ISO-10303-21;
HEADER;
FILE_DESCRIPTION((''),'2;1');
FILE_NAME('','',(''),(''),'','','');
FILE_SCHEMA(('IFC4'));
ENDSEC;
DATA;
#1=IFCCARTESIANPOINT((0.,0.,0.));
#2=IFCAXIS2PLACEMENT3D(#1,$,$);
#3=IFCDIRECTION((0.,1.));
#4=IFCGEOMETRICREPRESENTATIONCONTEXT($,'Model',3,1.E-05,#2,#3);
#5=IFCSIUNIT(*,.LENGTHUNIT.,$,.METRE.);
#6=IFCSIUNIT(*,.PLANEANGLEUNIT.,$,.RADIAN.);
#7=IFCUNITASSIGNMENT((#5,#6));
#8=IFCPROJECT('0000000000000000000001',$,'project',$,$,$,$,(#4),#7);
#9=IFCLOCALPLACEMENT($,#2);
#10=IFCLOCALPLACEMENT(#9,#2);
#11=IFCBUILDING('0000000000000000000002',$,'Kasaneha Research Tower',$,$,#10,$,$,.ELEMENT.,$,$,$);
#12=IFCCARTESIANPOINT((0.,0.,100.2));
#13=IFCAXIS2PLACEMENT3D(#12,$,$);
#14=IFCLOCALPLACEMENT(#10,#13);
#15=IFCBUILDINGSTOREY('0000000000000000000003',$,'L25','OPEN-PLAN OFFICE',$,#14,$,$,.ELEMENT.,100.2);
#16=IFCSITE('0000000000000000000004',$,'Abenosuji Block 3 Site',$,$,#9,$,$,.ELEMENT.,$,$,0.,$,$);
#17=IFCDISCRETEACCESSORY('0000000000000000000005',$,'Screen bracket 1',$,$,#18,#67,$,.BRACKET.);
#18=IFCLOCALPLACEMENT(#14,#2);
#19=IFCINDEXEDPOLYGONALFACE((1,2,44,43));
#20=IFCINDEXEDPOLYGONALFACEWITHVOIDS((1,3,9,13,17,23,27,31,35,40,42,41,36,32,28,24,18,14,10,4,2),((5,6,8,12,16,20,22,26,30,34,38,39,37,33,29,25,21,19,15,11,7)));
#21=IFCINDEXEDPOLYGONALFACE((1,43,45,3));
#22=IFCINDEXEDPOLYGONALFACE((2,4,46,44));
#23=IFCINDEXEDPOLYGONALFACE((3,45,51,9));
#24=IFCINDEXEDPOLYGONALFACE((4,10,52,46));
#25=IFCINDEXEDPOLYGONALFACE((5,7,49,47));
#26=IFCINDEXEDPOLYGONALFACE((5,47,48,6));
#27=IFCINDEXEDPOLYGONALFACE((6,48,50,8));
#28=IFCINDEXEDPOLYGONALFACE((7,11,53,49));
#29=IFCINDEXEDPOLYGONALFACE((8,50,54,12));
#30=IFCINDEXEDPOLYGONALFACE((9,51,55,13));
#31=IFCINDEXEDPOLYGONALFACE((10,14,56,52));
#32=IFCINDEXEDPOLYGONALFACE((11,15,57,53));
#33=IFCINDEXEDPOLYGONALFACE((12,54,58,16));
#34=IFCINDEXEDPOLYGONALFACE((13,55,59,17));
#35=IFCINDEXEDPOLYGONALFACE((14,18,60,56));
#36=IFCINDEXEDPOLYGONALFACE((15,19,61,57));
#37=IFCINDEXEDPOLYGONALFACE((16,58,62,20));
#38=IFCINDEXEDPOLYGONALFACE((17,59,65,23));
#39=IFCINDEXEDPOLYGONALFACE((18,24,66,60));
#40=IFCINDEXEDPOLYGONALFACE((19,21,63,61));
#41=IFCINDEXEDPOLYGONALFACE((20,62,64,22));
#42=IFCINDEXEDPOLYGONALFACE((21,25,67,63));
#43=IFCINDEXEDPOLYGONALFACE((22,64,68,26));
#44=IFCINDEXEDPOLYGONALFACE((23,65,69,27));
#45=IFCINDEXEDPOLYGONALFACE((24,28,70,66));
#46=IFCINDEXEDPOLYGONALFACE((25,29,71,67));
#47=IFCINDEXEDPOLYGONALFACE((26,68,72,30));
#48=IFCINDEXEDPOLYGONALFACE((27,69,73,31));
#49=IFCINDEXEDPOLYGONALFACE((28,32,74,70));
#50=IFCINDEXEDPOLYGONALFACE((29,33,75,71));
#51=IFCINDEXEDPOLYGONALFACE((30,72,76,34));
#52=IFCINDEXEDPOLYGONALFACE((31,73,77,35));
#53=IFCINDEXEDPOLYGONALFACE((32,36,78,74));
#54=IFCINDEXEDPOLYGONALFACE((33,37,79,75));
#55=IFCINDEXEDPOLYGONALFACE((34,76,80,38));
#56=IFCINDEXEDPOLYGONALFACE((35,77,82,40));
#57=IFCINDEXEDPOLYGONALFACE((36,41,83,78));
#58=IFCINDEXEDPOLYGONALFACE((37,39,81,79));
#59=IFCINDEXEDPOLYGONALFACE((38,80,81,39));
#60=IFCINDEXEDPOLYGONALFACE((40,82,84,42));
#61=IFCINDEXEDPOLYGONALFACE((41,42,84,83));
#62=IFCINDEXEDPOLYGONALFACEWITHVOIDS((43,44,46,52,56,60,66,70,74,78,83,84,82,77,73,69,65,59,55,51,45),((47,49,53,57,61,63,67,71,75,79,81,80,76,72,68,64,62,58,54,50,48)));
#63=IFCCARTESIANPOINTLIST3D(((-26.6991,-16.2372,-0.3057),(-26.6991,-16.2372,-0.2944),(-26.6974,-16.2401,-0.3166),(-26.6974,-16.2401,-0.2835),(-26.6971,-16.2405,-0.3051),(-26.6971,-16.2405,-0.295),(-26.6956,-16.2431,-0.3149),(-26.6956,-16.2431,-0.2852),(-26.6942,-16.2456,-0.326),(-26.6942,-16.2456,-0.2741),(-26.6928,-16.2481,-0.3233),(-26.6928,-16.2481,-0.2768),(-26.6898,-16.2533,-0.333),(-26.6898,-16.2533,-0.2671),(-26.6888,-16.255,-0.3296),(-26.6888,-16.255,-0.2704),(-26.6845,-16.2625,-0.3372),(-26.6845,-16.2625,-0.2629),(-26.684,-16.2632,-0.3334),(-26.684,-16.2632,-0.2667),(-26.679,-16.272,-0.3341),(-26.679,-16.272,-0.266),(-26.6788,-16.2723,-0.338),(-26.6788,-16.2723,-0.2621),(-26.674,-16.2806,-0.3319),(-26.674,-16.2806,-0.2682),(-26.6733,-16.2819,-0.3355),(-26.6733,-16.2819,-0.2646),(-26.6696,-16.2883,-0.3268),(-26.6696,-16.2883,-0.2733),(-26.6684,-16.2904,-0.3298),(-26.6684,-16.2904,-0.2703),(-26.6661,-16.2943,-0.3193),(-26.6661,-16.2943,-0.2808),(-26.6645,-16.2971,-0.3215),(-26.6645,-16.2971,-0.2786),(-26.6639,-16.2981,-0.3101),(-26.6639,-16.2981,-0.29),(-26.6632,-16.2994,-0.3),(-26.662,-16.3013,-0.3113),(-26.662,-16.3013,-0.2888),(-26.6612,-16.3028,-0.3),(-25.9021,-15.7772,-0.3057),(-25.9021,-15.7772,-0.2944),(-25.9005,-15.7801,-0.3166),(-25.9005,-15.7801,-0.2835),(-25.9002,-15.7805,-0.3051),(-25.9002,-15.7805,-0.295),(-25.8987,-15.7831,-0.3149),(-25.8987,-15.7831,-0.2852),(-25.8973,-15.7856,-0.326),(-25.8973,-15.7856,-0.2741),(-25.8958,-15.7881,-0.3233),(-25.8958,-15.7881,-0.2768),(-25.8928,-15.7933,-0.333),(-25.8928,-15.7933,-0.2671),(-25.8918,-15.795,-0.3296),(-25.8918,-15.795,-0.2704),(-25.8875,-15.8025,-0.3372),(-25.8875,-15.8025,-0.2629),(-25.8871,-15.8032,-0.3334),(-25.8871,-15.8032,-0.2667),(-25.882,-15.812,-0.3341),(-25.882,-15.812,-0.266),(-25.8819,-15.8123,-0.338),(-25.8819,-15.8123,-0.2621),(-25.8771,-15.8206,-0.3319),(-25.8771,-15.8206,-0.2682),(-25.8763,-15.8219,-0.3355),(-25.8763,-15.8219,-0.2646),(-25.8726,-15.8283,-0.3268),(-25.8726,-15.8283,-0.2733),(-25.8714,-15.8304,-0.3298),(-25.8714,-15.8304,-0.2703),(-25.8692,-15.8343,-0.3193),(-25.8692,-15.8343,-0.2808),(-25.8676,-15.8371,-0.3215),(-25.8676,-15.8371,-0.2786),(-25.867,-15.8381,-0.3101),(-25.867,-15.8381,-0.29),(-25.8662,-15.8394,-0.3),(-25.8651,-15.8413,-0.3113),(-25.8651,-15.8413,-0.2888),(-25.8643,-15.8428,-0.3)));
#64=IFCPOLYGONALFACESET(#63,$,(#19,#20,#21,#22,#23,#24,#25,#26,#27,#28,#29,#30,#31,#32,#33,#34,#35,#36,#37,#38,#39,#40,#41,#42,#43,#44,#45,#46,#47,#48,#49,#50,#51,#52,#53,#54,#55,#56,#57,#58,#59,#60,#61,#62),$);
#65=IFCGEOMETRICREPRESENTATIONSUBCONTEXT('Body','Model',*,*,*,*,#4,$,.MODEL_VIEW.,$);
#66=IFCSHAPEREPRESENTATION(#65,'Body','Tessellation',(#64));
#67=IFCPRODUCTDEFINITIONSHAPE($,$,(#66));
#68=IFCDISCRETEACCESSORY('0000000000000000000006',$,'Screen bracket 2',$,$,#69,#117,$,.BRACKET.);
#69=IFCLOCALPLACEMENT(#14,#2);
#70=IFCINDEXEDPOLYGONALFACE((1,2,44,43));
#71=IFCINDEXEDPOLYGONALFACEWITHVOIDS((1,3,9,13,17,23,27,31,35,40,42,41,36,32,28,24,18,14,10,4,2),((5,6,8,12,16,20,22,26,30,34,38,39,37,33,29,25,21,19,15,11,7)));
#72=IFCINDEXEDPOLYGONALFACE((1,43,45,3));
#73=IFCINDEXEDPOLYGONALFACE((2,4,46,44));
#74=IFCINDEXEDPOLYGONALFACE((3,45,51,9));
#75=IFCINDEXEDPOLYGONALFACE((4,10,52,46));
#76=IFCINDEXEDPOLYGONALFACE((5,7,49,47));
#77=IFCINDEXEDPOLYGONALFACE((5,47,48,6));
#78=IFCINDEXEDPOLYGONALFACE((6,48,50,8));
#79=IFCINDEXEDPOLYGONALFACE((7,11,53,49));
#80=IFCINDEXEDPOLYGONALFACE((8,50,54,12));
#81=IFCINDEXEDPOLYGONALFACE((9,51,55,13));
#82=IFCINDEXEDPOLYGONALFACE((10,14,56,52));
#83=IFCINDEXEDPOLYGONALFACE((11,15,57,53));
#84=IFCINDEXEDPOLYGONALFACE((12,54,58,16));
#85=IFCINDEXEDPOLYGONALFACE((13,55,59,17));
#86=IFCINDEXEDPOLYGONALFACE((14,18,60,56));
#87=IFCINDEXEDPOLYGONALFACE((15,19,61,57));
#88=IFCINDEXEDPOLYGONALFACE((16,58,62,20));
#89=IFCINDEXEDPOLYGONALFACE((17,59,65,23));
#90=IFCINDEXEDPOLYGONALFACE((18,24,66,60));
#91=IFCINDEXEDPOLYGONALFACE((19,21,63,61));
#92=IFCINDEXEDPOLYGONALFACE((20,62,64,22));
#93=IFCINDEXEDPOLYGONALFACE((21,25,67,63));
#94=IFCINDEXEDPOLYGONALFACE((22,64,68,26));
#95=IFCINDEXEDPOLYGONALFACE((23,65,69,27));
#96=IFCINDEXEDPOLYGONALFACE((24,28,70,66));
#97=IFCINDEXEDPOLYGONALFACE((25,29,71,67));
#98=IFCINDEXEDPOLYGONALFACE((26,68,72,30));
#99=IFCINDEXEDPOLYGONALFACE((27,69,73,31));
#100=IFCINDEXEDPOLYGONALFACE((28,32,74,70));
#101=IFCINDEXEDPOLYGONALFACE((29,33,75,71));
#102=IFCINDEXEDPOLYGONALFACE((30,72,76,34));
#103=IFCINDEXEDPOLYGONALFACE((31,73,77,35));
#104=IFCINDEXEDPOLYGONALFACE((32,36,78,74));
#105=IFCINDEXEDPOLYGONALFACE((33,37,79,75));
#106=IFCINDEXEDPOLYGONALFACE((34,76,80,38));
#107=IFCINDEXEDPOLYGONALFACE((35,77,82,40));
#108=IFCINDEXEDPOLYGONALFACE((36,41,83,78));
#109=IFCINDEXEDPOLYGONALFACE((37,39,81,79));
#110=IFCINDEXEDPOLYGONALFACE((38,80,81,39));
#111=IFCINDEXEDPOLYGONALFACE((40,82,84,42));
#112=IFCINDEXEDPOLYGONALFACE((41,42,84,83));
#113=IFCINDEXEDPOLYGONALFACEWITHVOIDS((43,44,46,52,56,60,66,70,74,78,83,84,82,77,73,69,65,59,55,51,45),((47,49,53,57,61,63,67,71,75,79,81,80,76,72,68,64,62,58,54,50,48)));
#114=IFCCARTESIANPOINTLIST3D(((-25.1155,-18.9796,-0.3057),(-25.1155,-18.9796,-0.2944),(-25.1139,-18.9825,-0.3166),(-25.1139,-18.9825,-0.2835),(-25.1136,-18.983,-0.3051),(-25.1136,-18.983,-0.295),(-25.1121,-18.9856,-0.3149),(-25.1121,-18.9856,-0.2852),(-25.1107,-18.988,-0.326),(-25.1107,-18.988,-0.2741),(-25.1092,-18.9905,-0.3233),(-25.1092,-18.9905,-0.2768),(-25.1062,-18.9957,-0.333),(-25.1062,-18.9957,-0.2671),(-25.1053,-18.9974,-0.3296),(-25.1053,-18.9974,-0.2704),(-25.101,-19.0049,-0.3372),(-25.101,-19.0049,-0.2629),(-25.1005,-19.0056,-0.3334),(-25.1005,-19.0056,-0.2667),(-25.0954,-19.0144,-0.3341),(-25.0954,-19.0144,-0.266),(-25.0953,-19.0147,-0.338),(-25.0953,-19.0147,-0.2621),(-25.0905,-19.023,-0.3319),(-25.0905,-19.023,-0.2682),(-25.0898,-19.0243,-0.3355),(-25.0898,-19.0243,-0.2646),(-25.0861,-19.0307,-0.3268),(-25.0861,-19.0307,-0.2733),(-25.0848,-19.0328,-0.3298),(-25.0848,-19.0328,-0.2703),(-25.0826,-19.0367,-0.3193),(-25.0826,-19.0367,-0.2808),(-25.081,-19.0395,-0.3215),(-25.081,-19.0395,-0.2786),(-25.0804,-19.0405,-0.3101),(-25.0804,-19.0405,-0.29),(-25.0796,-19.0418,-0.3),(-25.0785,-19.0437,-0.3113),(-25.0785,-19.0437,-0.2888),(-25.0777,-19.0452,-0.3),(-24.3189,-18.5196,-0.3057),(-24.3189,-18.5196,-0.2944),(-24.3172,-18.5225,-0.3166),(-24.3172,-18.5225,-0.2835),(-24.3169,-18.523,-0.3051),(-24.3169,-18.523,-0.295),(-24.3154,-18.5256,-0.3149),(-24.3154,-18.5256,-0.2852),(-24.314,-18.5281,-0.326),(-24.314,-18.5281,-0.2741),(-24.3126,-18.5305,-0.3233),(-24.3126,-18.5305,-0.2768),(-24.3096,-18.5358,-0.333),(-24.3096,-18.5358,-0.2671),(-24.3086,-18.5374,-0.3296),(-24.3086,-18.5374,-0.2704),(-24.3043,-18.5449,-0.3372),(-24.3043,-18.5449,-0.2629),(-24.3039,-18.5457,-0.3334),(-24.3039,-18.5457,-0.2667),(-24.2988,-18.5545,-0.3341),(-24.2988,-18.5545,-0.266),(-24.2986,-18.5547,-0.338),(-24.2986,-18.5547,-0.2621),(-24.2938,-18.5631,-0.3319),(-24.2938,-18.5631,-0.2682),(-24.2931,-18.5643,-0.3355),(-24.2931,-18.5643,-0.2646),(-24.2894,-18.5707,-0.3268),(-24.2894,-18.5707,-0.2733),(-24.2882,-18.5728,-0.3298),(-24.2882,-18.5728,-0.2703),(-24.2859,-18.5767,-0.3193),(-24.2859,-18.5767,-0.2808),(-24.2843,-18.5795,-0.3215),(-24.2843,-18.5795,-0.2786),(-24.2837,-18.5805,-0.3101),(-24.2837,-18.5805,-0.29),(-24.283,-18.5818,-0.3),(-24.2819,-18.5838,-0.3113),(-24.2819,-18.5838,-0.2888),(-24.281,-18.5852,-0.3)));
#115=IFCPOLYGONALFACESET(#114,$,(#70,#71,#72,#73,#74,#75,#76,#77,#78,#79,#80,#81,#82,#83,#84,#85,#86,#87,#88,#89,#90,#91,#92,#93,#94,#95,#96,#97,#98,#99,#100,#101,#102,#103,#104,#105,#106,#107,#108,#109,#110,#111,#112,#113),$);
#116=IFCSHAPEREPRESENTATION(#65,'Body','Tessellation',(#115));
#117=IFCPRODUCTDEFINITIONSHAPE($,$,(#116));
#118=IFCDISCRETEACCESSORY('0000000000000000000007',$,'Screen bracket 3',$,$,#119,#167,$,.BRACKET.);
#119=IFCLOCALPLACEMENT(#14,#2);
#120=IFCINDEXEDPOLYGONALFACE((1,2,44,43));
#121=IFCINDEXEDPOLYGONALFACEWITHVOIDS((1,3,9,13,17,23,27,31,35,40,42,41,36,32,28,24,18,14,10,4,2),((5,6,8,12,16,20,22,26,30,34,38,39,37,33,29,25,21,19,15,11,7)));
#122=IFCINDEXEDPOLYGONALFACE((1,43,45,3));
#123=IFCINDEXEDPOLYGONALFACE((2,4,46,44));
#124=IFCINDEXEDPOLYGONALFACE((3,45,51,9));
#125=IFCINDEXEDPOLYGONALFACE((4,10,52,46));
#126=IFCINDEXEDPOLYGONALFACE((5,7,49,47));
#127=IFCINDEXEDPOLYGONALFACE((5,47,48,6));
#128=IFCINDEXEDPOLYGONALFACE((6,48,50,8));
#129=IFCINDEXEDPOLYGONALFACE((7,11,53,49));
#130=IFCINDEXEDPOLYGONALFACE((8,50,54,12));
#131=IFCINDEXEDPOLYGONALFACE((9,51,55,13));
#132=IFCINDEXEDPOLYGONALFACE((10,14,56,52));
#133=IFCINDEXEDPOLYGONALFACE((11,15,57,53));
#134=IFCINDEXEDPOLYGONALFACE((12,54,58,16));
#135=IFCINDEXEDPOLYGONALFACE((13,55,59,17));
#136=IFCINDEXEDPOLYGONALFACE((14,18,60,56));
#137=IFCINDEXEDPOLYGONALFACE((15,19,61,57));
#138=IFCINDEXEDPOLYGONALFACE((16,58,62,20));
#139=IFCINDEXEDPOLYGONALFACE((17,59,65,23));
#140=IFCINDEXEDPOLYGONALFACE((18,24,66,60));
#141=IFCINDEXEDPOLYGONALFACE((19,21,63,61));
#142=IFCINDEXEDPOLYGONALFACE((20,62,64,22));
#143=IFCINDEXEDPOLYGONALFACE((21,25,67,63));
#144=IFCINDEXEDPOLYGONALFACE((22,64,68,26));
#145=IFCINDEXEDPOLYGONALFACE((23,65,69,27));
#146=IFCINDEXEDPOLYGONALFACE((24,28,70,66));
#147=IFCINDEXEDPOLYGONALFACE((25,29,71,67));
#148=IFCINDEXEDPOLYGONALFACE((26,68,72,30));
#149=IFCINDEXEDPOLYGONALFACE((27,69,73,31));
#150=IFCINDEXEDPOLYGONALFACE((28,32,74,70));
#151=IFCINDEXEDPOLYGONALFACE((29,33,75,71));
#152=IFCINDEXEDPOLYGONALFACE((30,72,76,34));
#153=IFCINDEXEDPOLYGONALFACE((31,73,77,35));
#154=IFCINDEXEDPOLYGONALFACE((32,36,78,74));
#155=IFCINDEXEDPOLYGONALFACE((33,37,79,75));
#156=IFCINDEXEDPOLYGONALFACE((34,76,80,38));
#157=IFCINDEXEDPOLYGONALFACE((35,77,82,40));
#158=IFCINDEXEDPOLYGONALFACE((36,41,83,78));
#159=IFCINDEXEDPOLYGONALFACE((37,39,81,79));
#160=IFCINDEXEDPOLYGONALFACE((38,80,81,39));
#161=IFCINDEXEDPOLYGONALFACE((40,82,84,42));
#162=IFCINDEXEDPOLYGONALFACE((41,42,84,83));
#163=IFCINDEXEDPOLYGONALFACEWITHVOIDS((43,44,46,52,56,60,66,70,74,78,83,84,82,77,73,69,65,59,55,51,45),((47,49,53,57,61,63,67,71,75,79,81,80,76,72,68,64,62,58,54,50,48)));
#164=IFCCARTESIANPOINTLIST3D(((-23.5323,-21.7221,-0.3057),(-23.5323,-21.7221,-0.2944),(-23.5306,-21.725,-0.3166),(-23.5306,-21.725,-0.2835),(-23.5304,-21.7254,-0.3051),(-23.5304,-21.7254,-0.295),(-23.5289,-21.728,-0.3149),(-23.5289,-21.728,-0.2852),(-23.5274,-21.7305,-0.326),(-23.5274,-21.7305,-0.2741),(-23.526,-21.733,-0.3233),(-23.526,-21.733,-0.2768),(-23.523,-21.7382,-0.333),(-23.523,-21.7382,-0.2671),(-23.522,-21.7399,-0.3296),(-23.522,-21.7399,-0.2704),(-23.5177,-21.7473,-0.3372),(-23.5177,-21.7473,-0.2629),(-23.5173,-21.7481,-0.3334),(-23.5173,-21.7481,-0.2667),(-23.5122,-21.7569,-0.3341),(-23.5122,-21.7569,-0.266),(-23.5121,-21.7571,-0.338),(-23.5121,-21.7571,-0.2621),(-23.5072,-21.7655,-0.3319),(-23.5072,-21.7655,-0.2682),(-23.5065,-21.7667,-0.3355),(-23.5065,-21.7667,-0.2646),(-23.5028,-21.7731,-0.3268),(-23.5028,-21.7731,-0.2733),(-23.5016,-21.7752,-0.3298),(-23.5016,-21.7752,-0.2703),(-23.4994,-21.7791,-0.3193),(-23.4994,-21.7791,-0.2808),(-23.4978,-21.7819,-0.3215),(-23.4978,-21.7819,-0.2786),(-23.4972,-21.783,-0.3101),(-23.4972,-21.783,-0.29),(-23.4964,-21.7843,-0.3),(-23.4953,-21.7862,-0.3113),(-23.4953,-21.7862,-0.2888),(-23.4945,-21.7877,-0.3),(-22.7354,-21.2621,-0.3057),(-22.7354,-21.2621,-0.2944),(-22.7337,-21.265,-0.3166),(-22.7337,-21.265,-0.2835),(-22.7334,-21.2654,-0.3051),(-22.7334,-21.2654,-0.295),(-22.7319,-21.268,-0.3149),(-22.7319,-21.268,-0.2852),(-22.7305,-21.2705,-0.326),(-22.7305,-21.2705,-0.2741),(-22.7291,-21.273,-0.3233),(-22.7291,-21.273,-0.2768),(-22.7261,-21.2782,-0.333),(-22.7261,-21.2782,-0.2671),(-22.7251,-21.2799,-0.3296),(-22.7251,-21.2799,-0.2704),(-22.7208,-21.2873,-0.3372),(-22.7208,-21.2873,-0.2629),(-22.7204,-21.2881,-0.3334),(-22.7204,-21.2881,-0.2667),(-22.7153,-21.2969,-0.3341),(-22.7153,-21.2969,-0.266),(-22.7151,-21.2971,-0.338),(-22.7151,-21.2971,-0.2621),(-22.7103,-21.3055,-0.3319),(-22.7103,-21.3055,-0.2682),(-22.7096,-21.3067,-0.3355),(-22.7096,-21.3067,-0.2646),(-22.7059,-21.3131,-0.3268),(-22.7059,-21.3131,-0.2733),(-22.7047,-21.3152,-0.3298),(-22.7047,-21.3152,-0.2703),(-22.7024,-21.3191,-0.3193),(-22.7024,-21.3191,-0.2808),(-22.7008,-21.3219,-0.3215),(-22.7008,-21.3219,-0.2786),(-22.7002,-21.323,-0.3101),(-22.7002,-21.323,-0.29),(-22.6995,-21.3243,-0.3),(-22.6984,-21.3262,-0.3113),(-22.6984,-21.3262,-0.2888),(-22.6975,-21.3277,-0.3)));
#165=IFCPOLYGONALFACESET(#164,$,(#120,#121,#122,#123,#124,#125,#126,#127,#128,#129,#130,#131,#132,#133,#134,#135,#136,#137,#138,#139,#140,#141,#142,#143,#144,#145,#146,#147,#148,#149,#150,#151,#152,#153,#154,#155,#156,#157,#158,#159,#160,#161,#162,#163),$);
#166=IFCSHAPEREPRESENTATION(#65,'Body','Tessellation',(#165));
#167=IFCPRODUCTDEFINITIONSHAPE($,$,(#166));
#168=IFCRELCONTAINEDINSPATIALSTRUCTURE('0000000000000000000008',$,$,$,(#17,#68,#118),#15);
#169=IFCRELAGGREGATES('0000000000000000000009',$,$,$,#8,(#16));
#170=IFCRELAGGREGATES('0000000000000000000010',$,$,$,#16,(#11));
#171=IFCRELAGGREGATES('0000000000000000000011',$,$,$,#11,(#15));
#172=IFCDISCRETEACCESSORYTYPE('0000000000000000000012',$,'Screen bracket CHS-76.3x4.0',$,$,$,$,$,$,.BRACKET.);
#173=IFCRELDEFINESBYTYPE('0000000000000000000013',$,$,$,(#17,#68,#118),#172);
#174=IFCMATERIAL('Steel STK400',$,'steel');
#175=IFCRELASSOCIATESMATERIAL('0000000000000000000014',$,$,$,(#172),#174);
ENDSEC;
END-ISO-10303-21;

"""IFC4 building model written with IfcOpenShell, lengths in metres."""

from ifc_helpers import new_model, si_unit, direction, frame, origin, origin_2d, place, context, subcontext, project, spatial, hollow_circle, extrude, material, material_profile, profile_set, type_object, element, save


model = new_model("IFC4")

# Units and contexts
model_context = context("Model", 3, precision=1e-05, world=origin(), true_north=direction((0.0, 1.0)))
body_context = subcontext(model_context, "Body", "Model", "MODEL_VIEW")
ifc_project = project(units=[si_unit("LENGTHUNIT", "METRE"), si_unit("PLANEANGLEUNIT", "RADIAN")], contexts=[model_context])

# Site, building, storey
site_placement = place(None, origin())
site = spatial("IfcSite", under=ifc_project, at=site_placement, Name="Abenosuji Block 3 Site", CompositionType="ELEMENT", RefElevation=0.0)
building_placement = place(site_placement, origin())
building = spatial("IfcBuilding", under=site, at=building_placement, Name="Kasaneha Research Tower", CompositionType="ELEMENT")
storey_placement = place(building_placement, frame((0.0, 0.0, 100.2)))
storey = spatial("IfcBuildingStorey", under=building, at=storey_placement, Name="L25", Description="OPEN-PLAN OFFICE", CompositionType="ELEMENT", Elevation=100.2)

# Discrete accessories
ifc_material_1 = material(Name="Steel STK400", Category="steel")
ifc_material_profile_1 = material_profile(ifc_material_1, hollow_circle(Radius=0.0381, WallThickness=0.0039, at=origin_2d()), Name="CHS-76.3x4.0")
ifc_profile_set_1 = profile_set([ifc_material_profile_1], Name="Steel STK400")
discrete_accessory_type = type_object("IfcDiscreteAccessoryType", Name="Screen bracket CHS-76.3x4.0", PredefinedType="BRACKET", material=ifc_profile_set_1)
for number, where, z_axis, x_axis, name in (
    (1, (-25.8833, -15.8098, -0.3), (-0.86608, -0.499906, 0.0), (0.499906, -0.86608, 0.0), "Screen bracket 1"),
):
    element("IfcDiscreteAccessory", number, at=place(storey_placement, frame(where, z_axis=z_axis, x_axis=x_axis)), inside=storey, type_object=discrete_accessory_type, Name=name, PredefinedType="BRACKET", context=body_context, shape_type="SweptSolid", body=[
        extrude(hollow_circle(Radius=0.0381, WallThickness=0.0039, at=origin_2d()), origin(), (0.0, 0.0, 1.0), 0.9202),
    ])
discrete_accessory_placement = place(storey_placement, frame((-24.3, -18.5522, -0.3), z_axis=(-0.866013, -0.500021, 0.0), x_axis=(0.500021, -0.866013, 0.0)))
element("IfcDiscreteAccessory", 2, at=discrete_accessory_placement, inside=storey, type_object=discrete_accessory_type, Name="Screen bracket 2", PredefinedType="BRACKET", context=body_context, shape_type="SweptSolid", body=[
    extrude(hollow_circle(Radius=0.0381, WallThickness=0.0039, at=origin_2d()), origin(), (0.0, 0.0, 1.0), 0.9199),
])
for number, where, z_axis, x_axis, name in (
    (3, (-22.7166, -21.2947, -0.3), (-0.86608, -0.499906, 0.0), (0.499906, -0.86608, 0.0), "Screen bracket 3"),
):
    element("IfcDiscreteAccessory", number, at=place(storey_placement, frame(where, z_axis=z_axis, x_axis=x_axis)), inside=storey, type_object=discrete_accessory_type, Name=name, PredefinedType="BRACKET", context=body_context, shape_type="SweptSolid", body=[
        extrude(hollow_circle(Radius=0.0381, WallThickness=0.0039, at=origin_2d()), origin(), (0.0, 0.0, 1.0), 0.9202),
    ])

save(model, "model.ifc")
